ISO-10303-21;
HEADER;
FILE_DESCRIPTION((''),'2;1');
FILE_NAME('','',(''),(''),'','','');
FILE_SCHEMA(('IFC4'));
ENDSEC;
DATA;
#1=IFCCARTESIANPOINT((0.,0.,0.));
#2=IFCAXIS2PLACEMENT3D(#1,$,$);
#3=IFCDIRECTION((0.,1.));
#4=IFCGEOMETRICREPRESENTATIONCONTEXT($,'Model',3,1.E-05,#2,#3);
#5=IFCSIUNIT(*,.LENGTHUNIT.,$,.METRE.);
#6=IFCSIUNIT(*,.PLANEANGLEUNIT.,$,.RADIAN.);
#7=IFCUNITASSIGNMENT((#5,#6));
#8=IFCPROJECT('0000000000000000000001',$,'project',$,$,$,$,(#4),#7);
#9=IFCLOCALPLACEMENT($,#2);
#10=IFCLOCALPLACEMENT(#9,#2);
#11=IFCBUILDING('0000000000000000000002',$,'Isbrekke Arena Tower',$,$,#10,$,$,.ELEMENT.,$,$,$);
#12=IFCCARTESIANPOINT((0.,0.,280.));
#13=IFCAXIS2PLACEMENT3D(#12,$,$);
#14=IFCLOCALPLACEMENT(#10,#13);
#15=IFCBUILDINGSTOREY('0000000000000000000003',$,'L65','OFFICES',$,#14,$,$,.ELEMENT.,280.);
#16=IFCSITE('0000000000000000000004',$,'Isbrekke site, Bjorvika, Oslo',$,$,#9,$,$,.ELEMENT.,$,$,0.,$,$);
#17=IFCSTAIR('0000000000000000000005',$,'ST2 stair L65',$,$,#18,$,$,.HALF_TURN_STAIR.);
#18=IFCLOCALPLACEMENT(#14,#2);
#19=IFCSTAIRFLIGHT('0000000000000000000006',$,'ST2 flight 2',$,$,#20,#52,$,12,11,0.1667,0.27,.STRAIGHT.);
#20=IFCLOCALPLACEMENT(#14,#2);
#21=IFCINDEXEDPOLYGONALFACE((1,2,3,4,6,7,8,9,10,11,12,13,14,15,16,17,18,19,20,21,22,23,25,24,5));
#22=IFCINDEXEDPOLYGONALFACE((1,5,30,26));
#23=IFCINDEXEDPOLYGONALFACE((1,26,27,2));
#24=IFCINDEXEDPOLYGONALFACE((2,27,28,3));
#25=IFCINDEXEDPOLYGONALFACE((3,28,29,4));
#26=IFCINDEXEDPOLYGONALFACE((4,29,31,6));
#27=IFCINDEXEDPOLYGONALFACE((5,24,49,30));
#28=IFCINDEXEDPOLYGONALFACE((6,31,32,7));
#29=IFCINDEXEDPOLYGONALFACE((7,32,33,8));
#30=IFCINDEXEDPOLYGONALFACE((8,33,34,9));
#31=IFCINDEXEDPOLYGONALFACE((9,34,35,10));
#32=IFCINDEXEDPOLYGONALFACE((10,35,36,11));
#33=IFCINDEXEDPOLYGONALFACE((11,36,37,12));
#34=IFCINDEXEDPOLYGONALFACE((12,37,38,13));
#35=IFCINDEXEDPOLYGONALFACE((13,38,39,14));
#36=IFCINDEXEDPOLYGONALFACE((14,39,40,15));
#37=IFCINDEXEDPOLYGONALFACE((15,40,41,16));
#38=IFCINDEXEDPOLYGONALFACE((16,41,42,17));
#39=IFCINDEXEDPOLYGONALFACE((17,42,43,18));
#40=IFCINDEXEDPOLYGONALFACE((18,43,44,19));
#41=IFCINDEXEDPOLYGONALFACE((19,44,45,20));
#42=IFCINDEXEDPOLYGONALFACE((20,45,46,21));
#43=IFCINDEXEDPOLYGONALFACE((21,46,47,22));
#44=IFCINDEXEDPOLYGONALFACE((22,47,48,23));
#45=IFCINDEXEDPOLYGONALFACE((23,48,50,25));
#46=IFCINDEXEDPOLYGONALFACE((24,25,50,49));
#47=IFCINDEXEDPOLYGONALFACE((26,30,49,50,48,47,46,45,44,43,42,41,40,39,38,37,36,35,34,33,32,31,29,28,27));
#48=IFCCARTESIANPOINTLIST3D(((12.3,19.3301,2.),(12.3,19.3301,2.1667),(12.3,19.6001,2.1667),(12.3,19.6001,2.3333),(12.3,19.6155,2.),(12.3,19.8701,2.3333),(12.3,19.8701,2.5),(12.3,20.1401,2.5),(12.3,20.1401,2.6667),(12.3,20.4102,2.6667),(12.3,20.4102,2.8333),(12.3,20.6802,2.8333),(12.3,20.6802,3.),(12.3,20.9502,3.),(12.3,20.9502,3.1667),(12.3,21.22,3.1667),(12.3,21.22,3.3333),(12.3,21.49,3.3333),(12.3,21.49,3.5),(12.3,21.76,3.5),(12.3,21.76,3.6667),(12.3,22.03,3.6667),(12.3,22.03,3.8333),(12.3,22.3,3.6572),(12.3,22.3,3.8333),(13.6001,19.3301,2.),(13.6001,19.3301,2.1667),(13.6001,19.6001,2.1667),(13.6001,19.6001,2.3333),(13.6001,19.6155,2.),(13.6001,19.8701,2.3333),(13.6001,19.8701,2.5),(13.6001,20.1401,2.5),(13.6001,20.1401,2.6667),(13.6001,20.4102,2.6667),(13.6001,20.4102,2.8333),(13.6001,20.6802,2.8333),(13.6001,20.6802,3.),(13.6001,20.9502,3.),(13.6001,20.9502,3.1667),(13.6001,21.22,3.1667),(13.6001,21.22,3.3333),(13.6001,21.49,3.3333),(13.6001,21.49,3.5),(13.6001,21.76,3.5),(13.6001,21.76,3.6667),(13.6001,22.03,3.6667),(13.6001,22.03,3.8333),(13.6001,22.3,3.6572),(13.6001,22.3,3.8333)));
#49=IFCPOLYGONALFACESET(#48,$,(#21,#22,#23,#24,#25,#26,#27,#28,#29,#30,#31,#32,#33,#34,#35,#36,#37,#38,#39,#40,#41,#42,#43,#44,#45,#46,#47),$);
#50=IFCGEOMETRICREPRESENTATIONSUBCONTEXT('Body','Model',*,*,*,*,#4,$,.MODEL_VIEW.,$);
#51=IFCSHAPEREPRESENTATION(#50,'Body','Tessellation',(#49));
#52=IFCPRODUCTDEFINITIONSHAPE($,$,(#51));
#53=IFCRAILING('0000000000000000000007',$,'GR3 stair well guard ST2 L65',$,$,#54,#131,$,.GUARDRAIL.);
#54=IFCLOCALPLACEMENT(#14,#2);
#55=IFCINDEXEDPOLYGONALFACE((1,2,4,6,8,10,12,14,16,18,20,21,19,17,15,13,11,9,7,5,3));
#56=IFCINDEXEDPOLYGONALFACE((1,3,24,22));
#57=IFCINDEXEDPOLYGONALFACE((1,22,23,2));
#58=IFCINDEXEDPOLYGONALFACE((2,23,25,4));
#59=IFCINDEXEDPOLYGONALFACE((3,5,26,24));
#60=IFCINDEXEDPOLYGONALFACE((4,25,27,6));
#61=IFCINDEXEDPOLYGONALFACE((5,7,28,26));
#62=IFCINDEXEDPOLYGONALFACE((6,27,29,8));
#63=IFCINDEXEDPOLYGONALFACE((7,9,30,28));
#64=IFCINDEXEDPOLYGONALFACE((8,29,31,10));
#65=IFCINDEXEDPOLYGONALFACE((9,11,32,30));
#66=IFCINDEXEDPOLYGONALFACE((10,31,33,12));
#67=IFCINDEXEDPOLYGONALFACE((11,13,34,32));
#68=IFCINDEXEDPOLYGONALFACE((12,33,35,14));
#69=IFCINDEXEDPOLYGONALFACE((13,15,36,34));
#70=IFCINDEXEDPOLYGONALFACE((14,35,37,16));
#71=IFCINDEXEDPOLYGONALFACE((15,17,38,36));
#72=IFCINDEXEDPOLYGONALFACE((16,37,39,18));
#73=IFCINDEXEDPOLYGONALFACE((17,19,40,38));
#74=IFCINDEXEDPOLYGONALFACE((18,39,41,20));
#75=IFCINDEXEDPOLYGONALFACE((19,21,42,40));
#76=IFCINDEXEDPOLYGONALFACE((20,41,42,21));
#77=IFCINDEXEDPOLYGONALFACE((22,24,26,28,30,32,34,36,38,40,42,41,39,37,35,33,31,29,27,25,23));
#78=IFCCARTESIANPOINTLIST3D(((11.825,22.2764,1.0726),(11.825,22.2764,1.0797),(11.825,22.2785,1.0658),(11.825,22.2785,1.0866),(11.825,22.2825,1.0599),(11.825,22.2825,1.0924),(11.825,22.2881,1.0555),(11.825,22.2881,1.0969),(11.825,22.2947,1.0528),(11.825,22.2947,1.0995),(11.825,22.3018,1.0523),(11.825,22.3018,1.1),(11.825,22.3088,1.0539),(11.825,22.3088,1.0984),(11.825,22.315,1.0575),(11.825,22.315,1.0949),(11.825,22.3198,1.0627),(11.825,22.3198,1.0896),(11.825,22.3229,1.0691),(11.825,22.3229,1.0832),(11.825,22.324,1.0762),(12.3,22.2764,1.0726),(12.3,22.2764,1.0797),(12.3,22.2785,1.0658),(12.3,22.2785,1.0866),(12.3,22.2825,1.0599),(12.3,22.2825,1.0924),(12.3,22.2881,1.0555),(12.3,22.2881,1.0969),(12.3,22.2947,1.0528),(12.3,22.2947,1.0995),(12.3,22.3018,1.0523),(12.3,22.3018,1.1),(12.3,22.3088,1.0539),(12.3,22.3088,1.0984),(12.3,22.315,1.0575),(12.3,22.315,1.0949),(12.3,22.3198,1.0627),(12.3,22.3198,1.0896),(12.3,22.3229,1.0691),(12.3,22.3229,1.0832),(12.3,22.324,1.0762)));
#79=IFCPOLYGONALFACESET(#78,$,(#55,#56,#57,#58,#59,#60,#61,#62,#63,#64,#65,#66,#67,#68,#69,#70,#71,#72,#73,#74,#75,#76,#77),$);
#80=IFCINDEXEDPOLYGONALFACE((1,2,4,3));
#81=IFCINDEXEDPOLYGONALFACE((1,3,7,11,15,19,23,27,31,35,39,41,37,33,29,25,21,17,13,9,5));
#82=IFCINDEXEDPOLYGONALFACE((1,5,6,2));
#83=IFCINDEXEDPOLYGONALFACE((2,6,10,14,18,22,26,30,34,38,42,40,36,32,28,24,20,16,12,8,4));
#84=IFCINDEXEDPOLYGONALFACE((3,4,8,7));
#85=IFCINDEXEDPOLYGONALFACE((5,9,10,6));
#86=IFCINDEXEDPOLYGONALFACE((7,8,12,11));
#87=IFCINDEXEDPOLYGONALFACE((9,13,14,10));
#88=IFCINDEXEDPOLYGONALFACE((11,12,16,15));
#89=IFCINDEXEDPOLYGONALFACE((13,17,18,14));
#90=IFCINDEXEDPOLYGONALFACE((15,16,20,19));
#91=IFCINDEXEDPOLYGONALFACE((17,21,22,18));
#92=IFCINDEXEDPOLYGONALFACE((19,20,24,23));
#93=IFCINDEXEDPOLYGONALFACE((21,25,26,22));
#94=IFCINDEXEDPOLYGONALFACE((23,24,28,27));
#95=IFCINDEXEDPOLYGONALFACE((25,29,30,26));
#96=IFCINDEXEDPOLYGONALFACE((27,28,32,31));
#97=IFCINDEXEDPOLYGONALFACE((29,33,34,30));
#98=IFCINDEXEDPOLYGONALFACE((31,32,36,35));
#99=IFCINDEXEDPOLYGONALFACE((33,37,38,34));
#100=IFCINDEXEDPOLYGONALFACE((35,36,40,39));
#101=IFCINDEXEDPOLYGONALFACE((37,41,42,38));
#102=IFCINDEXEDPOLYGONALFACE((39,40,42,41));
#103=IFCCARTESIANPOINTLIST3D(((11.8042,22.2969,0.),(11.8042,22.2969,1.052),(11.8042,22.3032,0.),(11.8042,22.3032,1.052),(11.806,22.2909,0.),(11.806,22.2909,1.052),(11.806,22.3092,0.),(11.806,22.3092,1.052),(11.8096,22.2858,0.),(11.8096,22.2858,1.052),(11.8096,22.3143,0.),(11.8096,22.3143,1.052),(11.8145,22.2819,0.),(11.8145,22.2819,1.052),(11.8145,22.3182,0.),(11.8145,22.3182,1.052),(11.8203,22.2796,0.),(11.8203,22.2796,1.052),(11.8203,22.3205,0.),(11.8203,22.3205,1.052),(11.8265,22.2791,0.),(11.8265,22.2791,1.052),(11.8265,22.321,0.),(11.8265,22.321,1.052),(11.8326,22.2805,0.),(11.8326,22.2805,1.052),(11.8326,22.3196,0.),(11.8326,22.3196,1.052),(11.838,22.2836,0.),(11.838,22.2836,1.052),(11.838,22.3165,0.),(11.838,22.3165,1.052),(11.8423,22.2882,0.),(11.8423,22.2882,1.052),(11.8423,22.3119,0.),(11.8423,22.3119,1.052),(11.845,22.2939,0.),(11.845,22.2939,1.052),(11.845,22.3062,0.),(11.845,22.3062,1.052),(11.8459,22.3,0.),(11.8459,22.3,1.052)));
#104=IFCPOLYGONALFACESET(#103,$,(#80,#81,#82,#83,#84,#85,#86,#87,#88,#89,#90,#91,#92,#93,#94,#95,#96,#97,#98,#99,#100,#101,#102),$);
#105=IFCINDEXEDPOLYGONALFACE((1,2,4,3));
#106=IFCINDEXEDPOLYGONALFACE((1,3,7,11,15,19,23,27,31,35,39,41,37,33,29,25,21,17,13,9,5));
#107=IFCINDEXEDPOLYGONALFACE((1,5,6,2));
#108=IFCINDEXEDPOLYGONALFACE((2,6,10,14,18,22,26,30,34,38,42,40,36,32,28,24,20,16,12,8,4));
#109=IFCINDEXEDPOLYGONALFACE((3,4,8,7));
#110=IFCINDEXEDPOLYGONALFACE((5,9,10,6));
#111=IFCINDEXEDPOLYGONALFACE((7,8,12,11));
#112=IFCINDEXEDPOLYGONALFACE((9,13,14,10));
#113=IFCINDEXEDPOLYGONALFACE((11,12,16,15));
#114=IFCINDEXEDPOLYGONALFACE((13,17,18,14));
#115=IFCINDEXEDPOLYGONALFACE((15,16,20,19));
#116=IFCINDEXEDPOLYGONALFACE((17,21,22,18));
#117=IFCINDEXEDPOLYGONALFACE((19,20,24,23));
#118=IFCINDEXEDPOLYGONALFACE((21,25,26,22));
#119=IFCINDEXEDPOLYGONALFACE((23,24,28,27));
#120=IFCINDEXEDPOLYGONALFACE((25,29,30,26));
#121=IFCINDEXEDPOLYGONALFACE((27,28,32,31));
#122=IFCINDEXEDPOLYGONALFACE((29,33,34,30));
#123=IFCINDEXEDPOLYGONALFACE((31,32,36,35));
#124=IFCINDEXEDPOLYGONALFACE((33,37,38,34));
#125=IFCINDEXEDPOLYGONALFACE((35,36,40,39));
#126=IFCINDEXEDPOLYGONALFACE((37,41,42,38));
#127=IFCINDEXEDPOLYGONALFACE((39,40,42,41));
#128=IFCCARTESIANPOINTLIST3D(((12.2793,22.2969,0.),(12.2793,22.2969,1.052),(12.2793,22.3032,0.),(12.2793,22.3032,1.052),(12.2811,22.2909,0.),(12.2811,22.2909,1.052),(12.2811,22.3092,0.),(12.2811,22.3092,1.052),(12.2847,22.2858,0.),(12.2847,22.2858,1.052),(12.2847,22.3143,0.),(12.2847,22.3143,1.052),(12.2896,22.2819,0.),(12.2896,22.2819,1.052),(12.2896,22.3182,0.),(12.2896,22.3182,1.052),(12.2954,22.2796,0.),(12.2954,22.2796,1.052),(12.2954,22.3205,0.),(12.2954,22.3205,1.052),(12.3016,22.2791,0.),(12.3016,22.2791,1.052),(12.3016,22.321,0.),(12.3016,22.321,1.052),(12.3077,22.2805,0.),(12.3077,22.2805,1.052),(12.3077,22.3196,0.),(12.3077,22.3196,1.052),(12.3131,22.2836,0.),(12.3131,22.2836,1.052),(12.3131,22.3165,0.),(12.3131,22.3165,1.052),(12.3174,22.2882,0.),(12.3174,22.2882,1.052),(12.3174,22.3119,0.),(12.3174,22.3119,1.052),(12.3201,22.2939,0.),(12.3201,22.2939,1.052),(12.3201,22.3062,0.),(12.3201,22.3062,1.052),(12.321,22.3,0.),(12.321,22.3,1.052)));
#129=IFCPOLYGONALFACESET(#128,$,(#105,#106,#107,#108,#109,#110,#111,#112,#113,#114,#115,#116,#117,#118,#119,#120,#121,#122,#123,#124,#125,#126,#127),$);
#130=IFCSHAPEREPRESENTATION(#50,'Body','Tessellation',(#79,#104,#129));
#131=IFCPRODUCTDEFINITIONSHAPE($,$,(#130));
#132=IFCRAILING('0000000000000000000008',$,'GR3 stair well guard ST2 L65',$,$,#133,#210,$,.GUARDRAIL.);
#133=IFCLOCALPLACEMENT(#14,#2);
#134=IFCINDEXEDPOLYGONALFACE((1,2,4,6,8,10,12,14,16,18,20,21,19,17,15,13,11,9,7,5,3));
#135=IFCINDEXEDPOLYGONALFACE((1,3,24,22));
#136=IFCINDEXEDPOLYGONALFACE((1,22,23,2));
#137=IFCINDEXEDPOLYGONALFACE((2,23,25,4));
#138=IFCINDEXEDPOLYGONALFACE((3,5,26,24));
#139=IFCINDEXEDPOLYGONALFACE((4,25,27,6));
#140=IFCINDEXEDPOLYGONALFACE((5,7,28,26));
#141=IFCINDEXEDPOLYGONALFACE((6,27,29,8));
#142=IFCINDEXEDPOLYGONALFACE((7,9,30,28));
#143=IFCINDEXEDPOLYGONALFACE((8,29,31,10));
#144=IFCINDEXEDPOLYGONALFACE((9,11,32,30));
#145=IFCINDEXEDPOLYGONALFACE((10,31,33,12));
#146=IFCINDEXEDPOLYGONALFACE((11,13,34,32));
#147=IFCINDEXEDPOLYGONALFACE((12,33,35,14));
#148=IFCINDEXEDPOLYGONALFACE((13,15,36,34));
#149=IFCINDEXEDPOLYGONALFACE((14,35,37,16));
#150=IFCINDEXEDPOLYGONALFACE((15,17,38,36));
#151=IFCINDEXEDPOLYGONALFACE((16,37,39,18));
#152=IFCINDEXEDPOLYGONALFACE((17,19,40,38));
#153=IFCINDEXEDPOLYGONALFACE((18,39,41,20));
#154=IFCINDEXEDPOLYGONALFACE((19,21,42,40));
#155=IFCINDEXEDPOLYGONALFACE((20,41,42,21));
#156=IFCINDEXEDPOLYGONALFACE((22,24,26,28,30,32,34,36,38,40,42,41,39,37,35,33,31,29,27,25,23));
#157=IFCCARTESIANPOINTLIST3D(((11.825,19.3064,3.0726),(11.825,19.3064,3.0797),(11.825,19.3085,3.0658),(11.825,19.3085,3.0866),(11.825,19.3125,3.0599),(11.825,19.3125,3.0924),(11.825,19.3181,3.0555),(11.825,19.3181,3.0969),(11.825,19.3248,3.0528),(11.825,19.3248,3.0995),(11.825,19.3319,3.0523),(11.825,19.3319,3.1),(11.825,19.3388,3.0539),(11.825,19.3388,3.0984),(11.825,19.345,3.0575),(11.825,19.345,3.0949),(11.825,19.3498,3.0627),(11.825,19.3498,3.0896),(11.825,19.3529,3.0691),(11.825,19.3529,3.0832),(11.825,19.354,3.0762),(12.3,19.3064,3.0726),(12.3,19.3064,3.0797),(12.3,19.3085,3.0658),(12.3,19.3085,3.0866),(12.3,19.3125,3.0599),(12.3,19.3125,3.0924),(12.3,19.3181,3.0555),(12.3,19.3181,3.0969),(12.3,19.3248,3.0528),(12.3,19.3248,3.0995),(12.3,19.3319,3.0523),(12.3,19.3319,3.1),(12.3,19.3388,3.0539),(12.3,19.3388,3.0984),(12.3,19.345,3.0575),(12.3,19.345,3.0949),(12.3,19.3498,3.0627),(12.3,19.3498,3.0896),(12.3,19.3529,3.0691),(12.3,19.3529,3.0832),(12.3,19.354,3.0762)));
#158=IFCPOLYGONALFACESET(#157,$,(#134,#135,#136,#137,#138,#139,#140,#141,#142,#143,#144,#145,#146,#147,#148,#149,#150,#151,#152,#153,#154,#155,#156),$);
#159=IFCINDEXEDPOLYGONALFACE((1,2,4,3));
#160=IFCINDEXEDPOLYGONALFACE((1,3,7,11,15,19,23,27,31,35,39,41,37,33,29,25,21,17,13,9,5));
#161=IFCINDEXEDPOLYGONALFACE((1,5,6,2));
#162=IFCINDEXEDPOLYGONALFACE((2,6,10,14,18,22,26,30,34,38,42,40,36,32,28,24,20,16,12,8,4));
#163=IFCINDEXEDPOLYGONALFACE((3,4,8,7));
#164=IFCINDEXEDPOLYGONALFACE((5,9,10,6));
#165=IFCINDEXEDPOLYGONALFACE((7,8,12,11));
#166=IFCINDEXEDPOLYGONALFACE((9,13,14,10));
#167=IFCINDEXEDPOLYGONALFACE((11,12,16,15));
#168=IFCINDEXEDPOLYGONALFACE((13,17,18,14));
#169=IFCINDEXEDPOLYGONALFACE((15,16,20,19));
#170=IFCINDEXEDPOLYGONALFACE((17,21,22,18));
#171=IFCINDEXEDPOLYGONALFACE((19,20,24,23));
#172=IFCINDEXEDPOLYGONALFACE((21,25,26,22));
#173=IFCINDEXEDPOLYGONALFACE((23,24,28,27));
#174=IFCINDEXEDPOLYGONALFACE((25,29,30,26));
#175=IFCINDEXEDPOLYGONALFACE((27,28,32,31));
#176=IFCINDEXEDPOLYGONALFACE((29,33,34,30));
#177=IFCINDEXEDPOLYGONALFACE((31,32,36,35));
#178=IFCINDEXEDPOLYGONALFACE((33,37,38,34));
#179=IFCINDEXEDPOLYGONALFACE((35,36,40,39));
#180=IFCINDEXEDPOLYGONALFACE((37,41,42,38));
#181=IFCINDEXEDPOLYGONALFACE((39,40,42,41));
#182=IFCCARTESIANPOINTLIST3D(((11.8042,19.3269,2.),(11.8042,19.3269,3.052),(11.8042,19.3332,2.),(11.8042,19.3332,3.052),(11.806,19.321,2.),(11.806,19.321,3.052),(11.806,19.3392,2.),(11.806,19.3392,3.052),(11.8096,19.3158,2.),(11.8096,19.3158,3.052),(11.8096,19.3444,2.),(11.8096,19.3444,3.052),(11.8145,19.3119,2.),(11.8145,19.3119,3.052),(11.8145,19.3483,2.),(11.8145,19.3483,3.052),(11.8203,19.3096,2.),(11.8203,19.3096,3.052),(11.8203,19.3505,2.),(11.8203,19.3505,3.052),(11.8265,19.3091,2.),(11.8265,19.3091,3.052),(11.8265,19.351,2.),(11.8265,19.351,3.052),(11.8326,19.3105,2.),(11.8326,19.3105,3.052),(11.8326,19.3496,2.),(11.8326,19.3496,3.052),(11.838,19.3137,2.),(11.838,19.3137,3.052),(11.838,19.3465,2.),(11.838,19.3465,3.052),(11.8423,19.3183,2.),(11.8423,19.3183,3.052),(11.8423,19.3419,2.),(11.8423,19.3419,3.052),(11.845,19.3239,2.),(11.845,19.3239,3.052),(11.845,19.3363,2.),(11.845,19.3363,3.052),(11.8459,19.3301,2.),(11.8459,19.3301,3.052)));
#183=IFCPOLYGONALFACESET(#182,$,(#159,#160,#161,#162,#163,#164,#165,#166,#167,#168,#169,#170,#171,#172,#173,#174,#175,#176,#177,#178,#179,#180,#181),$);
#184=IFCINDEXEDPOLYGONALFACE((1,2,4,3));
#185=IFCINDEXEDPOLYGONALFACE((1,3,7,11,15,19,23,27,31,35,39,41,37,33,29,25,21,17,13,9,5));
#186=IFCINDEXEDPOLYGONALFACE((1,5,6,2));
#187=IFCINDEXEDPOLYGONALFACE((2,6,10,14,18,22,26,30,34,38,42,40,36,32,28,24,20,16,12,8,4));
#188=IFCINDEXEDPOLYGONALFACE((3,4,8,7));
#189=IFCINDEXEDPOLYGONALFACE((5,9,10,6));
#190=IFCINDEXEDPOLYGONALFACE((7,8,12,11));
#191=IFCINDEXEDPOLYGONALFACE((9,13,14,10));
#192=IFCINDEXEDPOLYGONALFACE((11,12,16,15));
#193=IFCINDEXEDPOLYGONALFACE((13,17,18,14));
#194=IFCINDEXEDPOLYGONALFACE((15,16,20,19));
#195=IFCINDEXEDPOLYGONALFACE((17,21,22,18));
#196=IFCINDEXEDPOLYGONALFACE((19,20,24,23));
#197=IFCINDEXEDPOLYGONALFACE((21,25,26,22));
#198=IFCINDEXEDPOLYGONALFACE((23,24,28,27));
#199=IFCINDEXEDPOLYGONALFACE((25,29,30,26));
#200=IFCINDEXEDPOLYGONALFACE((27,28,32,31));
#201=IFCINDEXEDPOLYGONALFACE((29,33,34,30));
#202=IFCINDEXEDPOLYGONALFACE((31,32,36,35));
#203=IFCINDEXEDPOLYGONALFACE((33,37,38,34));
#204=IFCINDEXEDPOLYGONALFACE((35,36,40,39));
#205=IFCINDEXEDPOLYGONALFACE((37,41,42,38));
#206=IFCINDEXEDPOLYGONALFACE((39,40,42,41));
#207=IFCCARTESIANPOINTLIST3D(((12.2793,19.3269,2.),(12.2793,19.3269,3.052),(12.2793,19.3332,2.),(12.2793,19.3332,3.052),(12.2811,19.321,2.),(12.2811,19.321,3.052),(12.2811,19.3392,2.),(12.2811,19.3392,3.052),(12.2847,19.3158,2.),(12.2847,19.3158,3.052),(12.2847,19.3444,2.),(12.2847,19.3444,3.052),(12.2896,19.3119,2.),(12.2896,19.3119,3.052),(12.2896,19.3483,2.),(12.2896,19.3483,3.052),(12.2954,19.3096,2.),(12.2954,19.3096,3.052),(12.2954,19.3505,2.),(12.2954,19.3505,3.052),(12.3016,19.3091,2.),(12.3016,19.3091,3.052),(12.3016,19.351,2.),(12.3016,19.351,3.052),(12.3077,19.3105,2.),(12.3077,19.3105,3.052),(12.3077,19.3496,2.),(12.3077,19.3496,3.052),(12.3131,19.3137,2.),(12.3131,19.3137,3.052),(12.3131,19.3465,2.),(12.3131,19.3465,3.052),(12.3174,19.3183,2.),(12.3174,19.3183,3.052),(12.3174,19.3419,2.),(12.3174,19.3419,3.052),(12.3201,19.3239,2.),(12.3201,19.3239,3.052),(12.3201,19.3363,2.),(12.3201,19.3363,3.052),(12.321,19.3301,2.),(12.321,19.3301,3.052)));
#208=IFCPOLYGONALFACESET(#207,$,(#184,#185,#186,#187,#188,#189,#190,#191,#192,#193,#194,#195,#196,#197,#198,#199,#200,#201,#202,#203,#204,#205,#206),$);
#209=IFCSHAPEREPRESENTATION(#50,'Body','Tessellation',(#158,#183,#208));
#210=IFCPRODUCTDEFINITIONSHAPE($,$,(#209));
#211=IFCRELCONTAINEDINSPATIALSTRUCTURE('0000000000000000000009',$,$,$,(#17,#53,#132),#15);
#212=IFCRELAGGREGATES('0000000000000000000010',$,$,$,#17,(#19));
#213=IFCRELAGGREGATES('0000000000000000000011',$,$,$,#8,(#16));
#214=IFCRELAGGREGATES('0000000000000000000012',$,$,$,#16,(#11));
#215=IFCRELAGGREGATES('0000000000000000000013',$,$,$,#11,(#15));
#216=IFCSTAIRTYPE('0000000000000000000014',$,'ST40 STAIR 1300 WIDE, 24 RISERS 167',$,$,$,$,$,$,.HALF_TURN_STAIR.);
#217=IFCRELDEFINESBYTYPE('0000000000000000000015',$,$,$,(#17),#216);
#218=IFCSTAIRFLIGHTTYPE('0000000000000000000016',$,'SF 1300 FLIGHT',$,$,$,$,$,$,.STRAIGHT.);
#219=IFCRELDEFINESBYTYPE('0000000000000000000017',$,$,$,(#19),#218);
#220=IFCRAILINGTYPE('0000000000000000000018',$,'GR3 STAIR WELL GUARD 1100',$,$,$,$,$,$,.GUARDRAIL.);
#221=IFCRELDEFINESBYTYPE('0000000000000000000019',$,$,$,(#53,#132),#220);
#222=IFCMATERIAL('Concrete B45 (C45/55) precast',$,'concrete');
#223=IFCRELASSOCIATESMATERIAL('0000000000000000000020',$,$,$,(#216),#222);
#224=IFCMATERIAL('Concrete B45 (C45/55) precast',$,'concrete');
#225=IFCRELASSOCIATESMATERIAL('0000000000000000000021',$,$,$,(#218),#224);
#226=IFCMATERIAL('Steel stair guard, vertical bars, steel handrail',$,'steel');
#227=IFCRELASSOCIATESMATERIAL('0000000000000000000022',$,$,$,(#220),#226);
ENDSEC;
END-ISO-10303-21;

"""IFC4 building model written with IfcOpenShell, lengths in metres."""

from ifc_helpers import new_model, si_unit, direction, frame, origin, origin_2d, place, context, subcontext, project, spatial, polyline, circle, outline, extrude, material, type_object, element, aggregate, save


model = new_model("IFC4")

# Units and contexts
model_context = context("Model", 3, precision=1e-05, world=origin(), true_north=direction((0.0, 1.0)))
body_context = subcontext(model_context, "Body", "Model", "MODEL_VIEW")
ifc_project = project(units=[si_unit("LENGTHUNIT", "METRE"), si_unit("PLANEANGLEUNIT", "RADIAN")], contexts=[model_context])

# Site, building, storey
site_placement = place(None, origin())
site = spatial("IfcSite", under=ifc_project, at=site_placement, Name="Isbrekke site, Bjorvika, Oslo", CompositionType="ELEMENT", RefElevation=0.0)
building_placement = place(site_placement, origin())
building = spatial("IfcBuilding", under=site, at=building_placement, Name="Isbrekke Arena Tower", CompositionType="ELEMENT")
storey_placement = place(building_placement, frame((0.0, 0.0, 280.0)))
storey = spatial("IfcBuildingStorey", under=building, at=storey_placement, Name="L65", Description="OFFICES", CompositionType="ELEMENT", Elevation=280.0)

# Stair, stair flight
ifc_material_1 = material(Name="Concrete B45 (C45/55) precast", Category="concrete")
stair_type = type_object("IfcStairType", Name="ST40 STAIR 1300 WIDE, 24 RISERS 167", PredefinedType="HALF_TURN_STAIR", material=ifc_material_1)
stair_placement = place(storey_placement, origin())
stair = element("IfcStair", 1, at=stair_placement, inside=storey, type_object=stair_type, Name="ST2 stair L65", PredefinedType="HALF_TURN_STAIR")
ifc_material_2 = material(Name="Concrete B45 (C45/55) precast", Category="concrete")
stair_flight_type = type_object("IfcStairFlightType", Name="SF 1300 FLIGHT", PredefinedType="STRAIGHT", material=ifc_material_2)
stair_flight_1_placement = place(storey_placement, frame((12.95, 19.3301, 2.0), z_axis=(0.0, 0.0, 1.0), x_axis=(0.0, 1.0, 0.0)))
stair_flight_1 = element("IfcStairFlight", 2, at=stair_flight_1_placement, type_object=stair_flight_type, Name="ST2 flight 2", NumberOfRisers=12, NumberOfTreads=11, PredefinedType="STRAIGHT", RiserHeight=0.1667, TreadLength=0.27, context=body_context, shape_type="SweptSolid", body=[
    extrude(outline(polyline([(0.0, 0.0), (0.0, 0.1667), (0.27, 0.1667), (0.27, 0.3333), (0.54, 0.3333), (0.54, 0.5), (0.8101, 0.5), (0.8101, 0.6667), (1.0801, 0.6667), (1.0801, 0.8333), (1.3501, 0.8333), (1.3501, 1.0), (1.6201, 1.0), (1.6201, 1.1667), (1.8899, 1.1667), (1.8899, 1.3333), (2.1599, 1.3333), (2.1599, 1.5), (2.4299, 1.5), (2.4299, 1.6667), (2.7, 1.6667), (2.7, 1.8333), (2.97, 1.8333), (2.97, 2.0), (2.97, 1.6572), (0.2854, 0.0), (0.0, 0.0)])), frame((0.0, 0.6499, 0.0), z_axis=(0.0, -1.0, 0.0), x_axis=(1.0, 0.0, 0.0)), (0.0, 0.0, 1.0), 1.3),
])
aggregate(stair, [stair_flight_1])

# Railings
ifc_material_3 = material(Name="Steel stair guard, vertical bars, steel handrail", Category="steel")
railing_type = type_object("IfcRailingType", Name="GR3 STAIR WELL GUARD 1100", PredefinedType="GUARDRAIL", material=ifc_material_3)
for number, where, name in (
    (3, (11.825, 22.3, 0.0), "GR3 stair well guard ST2 L65"),
    (4, (11.825, 19.3301, 2.0), "GR3 stair well guard ST2 L65"),
):
    element("IfcRailing", number, at=place(storey_placement, frame(where)), inside=storey, type_object=railing_type, Name=name, PredefinedType="GUARDRAIL", context=body_context, shape_type="SweptSolid", body=[
        extrude(circle(Radius=0.0239, at=origin_2d()), frame((0.0, 0.0, 1.0762), z_axis=(1.0, 0.0, 0.0), x_axis=(0.0, 1.0, 0.0)), (0.0, 0.0, 1.0), 0.4751),
        extrude(circle(Radius=0.021, at=origin_2d()), origin(), (0.0, 0.0, 1.0), 1.052),
        extrude(circle(Radius=0.021, at=origin_2d()), frame((0.4751, 0.0, 0.0)), (0.0, 0.0, 1.0), 1.052),
    ])

save(model, "model.ifc")
